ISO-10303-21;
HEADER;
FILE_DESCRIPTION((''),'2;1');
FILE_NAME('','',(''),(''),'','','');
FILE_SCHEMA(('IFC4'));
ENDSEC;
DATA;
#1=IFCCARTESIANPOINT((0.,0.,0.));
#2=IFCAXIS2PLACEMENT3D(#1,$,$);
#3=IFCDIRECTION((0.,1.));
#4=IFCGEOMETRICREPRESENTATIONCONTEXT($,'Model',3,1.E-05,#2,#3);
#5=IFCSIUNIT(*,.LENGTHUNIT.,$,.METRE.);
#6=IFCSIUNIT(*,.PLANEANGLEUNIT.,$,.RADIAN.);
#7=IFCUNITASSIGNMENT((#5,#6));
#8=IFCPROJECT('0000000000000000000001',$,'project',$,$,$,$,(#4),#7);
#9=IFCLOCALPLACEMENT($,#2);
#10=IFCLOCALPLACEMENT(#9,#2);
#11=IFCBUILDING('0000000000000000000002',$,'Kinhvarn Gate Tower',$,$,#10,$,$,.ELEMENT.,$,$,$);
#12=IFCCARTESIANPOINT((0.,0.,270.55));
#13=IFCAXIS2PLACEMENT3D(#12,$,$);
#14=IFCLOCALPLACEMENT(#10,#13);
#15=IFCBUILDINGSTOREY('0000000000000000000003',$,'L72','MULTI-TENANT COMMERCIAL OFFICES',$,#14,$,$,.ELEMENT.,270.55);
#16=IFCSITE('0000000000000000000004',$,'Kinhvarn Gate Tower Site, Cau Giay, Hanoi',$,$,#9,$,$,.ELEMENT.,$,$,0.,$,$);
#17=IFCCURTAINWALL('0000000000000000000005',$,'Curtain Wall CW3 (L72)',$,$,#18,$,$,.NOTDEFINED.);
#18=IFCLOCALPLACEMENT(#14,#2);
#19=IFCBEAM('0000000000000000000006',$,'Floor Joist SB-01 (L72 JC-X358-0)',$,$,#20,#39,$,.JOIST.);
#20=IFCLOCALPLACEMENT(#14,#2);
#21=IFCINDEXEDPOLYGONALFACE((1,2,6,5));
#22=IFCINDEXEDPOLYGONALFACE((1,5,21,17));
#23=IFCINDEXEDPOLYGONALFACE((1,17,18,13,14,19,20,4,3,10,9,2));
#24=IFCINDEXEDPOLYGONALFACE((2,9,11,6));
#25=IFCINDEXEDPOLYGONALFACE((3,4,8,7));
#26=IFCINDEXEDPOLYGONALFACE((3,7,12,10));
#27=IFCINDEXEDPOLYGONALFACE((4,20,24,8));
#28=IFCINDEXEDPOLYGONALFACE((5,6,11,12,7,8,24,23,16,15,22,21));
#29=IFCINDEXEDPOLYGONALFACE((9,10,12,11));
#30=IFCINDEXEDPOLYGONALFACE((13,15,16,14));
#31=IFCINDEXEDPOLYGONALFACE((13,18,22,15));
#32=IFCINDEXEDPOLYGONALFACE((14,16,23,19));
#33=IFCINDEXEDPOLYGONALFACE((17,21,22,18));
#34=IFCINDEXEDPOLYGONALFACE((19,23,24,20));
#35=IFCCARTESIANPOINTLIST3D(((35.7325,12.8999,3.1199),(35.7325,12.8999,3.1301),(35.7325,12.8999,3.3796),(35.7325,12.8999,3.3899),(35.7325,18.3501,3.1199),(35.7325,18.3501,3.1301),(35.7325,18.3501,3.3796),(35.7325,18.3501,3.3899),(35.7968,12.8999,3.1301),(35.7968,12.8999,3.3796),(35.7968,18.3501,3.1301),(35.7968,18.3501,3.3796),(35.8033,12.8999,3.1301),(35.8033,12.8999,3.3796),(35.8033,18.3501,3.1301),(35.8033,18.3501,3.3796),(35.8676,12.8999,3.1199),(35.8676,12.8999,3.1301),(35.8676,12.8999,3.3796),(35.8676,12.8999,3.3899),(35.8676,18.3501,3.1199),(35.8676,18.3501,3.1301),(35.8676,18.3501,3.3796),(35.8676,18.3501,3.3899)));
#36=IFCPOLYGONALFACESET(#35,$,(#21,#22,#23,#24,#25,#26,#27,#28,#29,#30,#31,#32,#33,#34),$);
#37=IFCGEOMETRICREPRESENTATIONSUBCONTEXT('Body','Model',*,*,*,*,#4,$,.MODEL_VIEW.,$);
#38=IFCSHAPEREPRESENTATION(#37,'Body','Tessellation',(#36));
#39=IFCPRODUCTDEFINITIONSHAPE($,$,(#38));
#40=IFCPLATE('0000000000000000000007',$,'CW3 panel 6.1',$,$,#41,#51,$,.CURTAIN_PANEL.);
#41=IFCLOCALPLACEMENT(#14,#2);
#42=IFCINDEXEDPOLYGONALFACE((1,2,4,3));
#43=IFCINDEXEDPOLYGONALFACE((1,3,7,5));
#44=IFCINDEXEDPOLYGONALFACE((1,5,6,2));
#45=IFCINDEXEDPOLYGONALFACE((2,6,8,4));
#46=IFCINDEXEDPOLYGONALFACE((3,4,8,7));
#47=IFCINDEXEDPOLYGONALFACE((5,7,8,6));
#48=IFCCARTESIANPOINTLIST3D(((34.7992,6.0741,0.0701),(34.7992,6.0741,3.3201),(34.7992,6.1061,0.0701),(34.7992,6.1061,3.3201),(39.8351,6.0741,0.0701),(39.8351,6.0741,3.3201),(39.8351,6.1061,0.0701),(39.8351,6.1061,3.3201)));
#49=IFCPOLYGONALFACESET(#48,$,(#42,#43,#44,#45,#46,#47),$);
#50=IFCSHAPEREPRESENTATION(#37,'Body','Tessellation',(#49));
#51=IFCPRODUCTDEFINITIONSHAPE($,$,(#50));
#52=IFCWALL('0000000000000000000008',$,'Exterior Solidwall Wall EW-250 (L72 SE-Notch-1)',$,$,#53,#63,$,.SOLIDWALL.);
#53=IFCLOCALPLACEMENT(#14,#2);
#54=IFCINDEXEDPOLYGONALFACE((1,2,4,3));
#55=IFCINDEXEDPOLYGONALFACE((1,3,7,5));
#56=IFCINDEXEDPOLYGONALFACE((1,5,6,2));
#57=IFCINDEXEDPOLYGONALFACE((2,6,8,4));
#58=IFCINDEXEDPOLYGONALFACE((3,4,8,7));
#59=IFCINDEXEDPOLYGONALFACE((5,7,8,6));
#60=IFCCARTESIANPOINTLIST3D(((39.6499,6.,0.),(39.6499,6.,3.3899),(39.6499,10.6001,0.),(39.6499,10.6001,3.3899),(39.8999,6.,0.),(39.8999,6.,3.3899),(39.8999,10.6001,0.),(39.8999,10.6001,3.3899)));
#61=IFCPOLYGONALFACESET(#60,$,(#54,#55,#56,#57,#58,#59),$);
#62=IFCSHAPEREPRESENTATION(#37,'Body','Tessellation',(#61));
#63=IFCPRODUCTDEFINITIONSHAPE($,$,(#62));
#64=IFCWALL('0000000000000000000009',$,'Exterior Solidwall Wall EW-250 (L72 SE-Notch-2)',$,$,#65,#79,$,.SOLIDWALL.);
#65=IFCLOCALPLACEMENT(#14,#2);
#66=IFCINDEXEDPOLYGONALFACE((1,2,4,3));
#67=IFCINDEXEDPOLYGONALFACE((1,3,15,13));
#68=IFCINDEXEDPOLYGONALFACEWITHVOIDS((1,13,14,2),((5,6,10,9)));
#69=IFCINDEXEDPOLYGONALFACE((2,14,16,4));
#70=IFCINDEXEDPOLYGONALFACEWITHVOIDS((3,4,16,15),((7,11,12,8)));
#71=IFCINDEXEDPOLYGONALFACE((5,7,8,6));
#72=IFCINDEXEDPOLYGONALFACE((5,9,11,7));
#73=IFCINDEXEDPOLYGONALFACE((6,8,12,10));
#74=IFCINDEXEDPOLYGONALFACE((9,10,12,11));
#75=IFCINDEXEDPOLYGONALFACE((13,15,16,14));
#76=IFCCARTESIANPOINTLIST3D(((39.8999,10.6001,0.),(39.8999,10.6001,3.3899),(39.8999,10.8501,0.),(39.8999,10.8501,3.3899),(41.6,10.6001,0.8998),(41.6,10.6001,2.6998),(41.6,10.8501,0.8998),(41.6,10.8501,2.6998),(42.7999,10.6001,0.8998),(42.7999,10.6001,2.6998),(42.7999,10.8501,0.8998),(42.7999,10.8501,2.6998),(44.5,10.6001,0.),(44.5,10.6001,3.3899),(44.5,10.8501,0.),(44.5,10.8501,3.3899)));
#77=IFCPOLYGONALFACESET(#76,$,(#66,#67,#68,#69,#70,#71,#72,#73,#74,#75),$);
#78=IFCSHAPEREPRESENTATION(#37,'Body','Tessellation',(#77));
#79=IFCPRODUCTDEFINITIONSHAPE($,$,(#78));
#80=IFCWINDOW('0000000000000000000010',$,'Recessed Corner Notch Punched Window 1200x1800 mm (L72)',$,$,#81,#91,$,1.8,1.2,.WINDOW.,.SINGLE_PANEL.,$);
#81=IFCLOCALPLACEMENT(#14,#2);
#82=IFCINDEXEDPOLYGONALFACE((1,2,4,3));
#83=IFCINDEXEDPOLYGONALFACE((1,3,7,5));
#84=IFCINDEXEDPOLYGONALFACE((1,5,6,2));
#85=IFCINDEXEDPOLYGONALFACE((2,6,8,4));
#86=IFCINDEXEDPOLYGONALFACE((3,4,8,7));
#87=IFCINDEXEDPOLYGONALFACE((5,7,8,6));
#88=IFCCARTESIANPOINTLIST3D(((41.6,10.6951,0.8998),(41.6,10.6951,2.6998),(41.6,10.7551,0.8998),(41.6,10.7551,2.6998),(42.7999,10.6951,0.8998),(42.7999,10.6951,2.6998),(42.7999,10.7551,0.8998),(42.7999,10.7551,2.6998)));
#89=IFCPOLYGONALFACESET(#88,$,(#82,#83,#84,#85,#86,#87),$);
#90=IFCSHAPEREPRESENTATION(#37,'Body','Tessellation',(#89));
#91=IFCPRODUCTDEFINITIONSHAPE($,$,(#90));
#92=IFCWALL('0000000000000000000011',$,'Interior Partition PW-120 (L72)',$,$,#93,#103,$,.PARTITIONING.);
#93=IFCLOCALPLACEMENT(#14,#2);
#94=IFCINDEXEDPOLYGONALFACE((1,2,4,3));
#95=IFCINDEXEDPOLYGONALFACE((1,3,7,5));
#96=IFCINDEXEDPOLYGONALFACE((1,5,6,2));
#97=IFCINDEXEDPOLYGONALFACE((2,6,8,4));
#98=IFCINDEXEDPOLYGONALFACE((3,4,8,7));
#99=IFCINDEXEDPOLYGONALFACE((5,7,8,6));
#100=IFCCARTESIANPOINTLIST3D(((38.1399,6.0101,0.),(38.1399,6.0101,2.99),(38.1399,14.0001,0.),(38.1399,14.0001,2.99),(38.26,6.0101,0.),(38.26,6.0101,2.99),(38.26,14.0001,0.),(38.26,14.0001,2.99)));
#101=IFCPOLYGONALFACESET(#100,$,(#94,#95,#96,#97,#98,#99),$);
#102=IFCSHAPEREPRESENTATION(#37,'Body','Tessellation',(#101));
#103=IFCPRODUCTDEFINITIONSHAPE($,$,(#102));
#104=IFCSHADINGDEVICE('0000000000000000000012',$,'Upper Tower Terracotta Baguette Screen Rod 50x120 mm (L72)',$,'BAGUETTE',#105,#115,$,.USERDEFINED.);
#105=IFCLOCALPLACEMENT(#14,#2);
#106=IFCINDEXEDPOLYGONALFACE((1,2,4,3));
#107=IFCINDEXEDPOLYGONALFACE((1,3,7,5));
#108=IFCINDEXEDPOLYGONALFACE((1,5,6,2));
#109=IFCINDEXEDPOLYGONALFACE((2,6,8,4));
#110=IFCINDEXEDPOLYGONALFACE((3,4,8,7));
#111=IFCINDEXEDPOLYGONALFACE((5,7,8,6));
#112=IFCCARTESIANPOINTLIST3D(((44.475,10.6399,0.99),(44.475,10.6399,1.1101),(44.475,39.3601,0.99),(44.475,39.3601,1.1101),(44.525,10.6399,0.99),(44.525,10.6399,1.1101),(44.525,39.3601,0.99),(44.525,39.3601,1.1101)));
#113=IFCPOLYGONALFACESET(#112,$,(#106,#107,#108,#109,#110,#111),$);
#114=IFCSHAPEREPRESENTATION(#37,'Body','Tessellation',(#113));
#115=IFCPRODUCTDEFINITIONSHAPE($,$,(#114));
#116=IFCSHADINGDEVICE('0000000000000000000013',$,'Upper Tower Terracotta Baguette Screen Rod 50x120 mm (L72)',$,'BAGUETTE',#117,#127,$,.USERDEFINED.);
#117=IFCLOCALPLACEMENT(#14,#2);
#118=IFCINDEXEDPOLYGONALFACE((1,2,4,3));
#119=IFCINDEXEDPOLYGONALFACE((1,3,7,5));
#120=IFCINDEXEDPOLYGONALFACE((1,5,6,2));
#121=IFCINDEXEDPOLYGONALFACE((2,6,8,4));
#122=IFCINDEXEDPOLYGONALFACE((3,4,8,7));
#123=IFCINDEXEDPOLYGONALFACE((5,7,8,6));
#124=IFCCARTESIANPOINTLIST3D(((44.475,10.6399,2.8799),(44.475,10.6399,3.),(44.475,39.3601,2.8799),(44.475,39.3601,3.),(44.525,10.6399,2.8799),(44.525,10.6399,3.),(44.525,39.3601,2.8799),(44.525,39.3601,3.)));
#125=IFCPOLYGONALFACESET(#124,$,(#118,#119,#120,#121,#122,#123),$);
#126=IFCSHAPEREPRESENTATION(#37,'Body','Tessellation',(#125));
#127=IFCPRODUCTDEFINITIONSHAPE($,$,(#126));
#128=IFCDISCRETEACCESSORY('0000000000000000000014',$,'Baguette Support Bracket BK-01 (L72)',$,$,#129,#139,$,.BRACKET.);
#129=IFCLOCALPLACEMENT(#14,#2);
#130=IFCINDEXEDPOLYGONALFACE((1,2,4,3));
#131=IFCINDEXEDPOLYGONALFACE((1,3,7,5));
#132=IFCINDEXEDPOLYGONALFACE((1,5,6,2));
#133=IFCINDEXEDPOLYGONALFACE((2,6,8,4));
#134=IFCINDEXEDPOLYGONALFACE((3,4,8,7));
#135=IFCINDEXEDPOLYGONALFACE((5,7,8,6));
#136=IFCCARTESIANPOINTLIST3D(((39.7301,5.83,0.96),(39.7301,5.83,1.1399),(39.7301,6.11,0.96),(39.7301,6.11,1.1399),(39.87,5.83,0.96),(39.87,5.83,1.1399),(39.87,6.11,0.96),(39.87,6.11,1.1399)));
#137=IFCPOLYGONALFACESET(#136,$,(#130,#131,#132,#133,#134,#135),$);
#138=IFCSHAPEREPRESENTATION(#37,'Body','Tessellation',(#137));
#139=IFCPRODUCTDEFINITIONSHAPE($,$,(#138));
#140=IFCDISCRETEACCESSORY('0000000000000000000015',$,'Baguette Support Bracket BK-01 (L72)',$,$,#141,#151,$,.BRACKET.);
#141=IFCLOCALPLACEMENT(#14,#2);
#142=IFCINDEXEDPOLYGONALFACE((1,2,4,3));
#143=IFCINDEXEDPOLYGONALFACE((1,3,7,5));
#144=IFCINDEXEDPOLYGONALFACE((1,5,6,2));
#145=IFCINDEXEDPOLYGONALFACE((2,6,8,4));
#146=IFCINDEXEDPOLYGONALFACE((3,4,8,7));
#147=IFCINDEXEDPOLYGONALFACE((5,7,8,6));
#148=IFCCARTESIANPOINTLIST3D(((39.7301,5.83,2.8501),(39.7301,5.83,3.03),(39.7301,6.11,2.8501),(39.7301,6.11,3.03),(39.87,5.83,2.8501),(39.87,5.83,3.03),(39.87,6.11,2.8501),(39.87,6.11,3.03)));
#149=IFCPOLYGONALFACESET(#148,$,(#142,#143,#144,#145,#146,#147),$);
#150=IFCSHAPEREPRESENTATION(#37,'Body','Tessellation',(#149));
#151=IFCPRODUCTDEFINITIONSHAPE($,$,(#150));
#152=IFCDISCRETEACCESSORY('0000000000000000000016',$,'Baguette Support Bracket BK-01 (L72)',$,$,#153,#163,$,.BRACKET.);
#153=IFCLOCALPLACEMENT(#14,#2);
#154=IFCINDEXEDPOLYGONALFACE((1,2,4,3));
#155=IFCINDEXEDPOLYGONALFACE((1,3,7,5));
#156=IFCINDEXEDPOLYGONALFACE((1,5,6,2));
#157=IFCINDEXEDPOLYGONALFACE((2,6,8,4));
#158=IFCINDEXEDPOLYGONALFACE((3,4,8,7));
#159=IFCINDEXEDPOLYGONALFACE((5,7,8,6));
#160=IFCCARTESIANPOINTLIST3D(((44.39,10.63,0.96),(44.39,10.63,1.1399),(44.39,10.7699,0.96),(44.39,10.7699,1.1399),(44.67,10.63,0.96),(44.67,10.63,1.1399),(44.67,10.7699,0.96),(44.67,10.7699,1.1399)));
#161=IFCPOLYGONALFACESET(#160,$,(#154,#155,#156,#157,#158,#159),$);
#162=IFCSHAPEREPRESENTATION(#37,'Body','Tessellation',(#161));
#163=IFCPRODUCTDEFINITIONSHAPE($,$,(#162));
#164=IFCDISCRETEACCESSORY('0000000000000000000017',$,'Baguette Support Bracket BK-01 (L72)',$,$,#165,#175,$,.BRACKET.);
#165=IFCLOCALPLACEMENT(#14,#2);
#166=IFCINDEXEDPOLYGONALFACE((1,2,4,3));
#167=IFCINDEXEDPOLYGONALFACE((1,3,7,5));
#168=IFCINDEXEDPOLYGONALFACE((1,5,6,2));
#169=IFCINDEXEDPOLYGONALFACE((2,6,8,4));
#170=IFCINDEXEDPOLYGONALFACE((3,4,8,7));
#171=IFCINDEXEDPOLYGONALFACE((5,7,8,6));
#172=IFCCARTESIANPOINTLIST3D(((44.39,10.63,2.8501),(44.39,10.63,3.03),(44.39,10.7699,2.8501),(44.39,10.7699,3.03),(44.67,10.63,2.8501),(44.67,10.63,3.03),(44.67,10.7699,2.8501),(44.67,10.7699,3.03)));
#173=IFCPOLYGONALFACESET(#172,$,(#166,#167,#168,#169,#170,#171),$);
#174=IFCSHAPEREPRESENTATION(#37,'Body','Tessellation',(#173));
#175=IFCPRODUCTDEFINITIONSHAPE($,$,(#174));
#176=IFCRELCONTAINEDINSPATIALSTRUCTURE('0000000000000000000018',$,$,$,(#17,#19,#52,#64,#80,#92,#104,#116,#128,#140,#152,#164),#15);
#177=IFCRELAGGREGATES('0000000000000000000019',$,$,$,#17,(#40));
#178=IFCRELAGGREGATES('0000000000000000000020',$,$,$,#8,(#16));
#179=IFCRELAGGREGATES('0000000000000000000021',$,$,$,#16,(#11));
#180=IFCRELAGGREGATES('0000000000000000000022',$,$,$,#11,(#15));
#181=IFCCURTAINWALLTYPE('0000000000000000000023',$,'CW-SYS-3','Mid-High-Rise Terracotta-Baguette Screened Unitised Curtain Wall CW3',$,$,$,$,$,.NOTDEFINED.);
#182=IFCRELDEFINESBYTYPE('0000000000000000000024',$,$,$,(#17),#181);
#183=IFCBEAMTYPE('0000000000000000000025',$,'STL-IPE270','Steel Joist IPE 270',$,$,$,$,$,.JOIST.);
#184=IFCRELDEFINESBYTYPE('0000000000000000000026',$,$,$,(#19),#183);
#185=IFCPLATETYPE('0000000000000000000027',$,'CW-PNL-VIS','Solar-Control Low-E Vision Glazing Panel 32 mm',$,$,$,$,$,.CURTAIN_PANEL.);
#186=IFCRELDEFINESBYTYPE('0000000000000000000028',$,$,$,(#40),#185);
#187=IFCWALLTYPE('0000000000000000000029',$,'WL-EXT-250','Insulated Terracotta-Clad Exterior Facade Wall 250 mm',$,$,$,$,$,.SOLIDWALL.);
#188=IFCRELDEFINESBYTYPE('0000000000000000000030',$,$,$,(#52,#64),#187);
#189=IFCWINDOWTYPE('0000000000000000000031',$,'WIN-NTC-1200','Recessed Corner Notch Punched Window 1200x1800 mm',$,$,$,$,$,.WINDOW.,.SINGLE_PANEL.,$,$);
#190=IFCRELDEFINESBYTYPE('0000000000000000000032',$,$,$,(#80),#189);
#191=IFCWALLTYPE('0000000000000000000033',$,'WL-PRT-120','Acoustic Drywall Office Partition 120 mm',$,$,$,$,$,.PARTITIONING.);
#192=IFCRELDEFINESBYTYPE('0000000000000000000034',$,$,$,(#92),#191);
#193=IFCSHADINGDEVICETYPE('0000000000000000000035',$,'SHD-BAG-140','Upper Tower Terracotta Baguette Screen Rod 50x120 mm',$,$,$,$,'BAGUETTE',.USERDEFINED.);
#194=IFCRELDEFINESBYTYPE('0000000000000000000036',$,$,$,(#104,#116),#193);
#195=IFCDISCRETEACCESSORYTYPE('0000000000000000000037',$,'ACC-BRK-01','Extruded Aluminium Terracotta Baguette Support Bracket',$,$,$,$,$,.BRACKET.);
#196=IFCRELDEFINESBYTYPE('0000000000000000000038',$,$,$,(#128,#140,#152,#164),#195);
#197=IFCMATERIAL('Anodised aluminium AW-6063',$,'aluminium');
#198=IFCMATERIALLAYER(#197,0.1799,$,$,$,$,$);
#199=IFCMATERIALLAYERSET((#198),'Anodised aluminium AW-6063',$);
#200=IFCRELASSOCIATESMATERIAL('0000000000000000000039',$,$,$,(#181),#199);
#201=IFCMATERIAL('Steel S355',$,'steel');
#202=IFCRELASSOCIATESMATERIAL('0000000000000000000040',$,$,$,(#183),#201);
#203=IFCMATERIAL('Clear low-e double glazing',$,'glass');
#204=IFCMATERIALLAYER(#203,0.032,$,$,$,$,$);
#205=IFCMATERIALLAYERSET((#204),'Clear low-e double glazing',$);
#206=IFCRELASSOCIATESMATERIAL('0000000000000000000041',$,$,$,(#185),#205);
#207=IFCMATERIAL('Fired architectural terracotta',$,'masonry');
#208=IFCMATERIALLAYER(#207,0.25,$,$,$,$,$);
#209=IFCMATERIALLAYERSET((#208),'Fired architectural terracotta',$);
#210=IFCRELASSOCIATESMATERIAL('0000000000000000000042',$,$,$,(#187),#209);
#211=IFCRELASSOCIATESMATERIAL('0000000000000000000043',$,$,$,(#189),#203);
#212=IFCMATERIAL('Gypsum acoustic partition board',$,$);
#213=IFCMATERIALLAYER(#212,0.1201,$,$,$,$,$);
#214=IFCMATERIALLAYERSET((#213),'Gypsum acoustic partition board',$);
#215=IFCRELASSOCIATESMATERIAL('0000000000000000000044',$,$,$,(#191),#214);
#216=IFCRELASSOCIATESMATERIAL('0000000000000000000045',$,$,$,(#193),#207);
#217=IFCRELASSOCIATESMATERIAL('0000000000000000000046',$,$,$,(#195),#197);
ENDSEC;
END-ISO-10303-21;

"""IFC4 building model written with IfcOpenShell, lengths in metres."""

from ifc_helpers import new_model, si_unit, direction, frame, frame_2d, origin, origin_2d, place, context, subcontext, project, spatial, rectangle, i_section, extrude, material, layer, layer_set, material_profile, profile_set, type_object, element, fill, aggregate, save


model = new_model("IFC4")

# Units and contexts
model_context = context("Model", 3, precision=1e-05, world=origin(), true_north=direction((0.0, 1.0)))
body_context = subcontext(model_context, "Body", "Model", "MODEL_VIEW")
ifc_project = project(units=[si_unit("LENGTHUNIT", "METRE"), si_unit("PLANEANGLEUNIT", "RADIAN")], contexts=[model_context])

# Site, building, storey
site_placement = place(None, origin())
site = spatial("IfcSite", under=ifc_project, at=site_placement, Name="Kinhvarn Gate Tower Site, Cau Giay, Hanoi", CompositionType="ELEMENT", RefElevation=0.0)
building_placement = place(site_placement, origin())
building = spatial("IfcBuilding", under=site, at=building_placement, Name="Kinhvarn Gate Tower", CompositionType="ELEMENT")
storey_placement = place(building_placement, frame((0.0, 0.0, 270.55)))
storey = spatial("IfcBuildingStorey", under=building, at=storey_placement, Name="L72", Description="MULTI-TENANT COMMERCIAL OFFICES", CompositionType="ELEMENT", Elevation=270.55)

# Curtain wall
ifc_material_1 = material(Name="Anodised aluminium AW-6063", Category="aluminium")
ifc_layer_1 = layer(ifc_material_1, 0.1799)
ifc_layer_set_1 = layer_set([ifc_layer_1], Name="Anodised aluminium AW-6063")
curtain_wall_type = type_object("IfcCurtainWallType", Name="CW-SYS-3", Description="Mid-High-Rise Terracotta-Baguette Screened Unitised Curtain Wall CW3", PredefinedType="NOTDEFINED", material=ifc_layer_set_1)
curtain_wall_1_placement = place(storey_placement, origin())
curtain_wall_1 = element("IfcCurtainWall", 1, at=curtain_wall_1_placement, inside=storey, type_object=curtain_wall_type, Name="Curtain Wall CW3 (L72)", PredefinedType="NOTDEFINED")

# Beam
ifc_material_2 = material(Name="Steel S355", Category="steel")
ifc_material_profile_1 = material_profile(ifc_material_2, i_section(OverallWidth=0.135, OverallDepth=0.27, WebThickness=0.0066, FlangeThickness=0.0103, at=origin_2d()), Name="IPE 270")
ifc_profile_set_1 = profile_set([ifc_material_profile_1], Name="Steel S355")
beam_type_1 = type_object("IfcBeamType", Name="STL-IPE270", Description="Steel Joist IPE 270", PredefinedType="JOIST", material=ifc_profile_set_1)
beam_1_placement = place(storey_placement, frame((35.8, 12.8999, 3.2549), z_axis=(0.0, 1.0, 0.0), x_axis=(-1.0, 0.0, 0.0)))
element("IfcBeam", 2, at=beam_1_placement, inside=storey, type_object=beam_type_1, Name="Floor Joist SB-01 (L72 JC-X358-0)", PredefinedType="JOIST", context=body_context, shape_type="SweptSolid", body=[
    extrude(i_section(OverallWidth=0.135, OverallDepth=0.27, WebThickness=0.0066, FlangeThickness=0.0103, at=origin_2d()), origin(), (0.0, 0.0, 1.0), 5.4502),
])

# Plate
ifc_material_3 = material(Name="Clear low-e double glazing", Category="glass")
ifc_layer_2 = layer(ifc_material_3, 0.032)
ifc_layer_set_2 = layer_set([ifc_layer_2], Name="Clear low-e double glazing")
plate_type = type_object("IfcPlateType", Name="CW-PNL-VIS", Description="Solar-Control Low-E Vision Glazing Panel 32 mm", PredefinedType="CURTAIN_PANEL", material=ifc_layer_set_2)
plate_placement = place(storey_placement, frame((37.3171, 6.0901, 0.0701), z_axis=(0.0, 0.0, 1.0), x_axis=(1.0, 0.0, 0.0)))
plate = element("IfcPlate", 3, at=plate_placement, type_object=plate_type, Name="CW3 panel 6.1", PredefinedType="CURTAIN_PANEL", context=body_context, shape_type="SweptSolid", body=[
    extrude(rectangle(XDim=5.0359, YDim=0.032, at=origin_2d()), origin(), (0.0, 0.0, 1.0), 3.25),
])
aggregate(curtain_wall_1, [plate])

# Wall
ifc_material_4 = material(Name="Fired architectural terracotta", Category="masonry")
ifc_layer_3 = layer(ifc_material_4, 0.25)
ifc_layer_set_3 = layer_set([ifc_layer_3], Name="Fired architectural terracotta")
wall_type_1 = type_object("IfcWallType", Name="WL-EXT-250", Description="Insulated Terracotta-Clad Exterior Facade Wall 250 mm", PredefinedType="SOLIDWALL", material=ifc_layer_set_3)
wall_1_placement = place(storey_placement, frame((39.7749, 6.0, 0.0), z_axis=(0.0, 0.0, 1.0), x_axis=(0.0, 1.0, 0.0)))
element("IfcWall", 4, at=wall_1_placement, inside=storey, type_object=wall_type_1, Name="Exterior Solidwall Wall EW-250 (L72 SE-Notch-1)", PredefinedType="SOLIDWALL", context=body_context, shape_type="SweptSolid", body=[
    extrude(rectangle(XDim=4.6001, YDim=0.25, at=frame_2d((2.3, 0.0))), origin(), (0.0, 0.0, 1.0), 3.3899),
])

# Wall, opening, window
wall_2_placement = place(storey_placement, frame((39.8999, 10.7251, 0.0), z_axis=(0.0, 0.0, 1.0), x_axis=(1.0, 0.0, 0.0)))
wall_2 = element("IfcWall", 5, at=wall_2_placement, inside=storey, type_object=wall_type_1, Name="Exterior Solidwall Wall EW-250 (L72 SE-Notch-2)", PredefinedType="SOLIDWALL", context=body_context, shape_type="SweptSolid", body=[
    extrude(rectangle(XDim=4.6001, YDim=0.25, at=frame_2d((2.3, 0.0))), origin(), (0.0, 0.0, 1.0), 3.3899),
])
opening_placement = place(wall_2_placement, frame((1.7, 0.0, 0.8999)))
opening = element("IfcOpeningElement", 6, at=opening_placement, cuts=wall_2, PredefinedType="OPENING", context=body_context, shape_type="SweptSolid", body=[
    extrude(rectangle(XDim=1.2, YDim=1.8, at=frame_2d((0.6001, 0.8999))), frame((0.0, 0.135, 0.0), z_axis=(0.0, -1.0, 0.0), x_axis=(1.0, 0.0, 0.0)), (0.0, 0.0, 1.0), 0.27),
])
window_type = type_object("IfcWindowType", Name="WIN-NTC-1200", Description="Recessed Corner Notch Punched Window 1200x1800 mm", PartitioningType="SINGLE_PANEL", PredefinedType="WINDOW", material=ifc_material_3)
window_placement = place(opening_placement, origin())
window = element("IfcWindow", 7, at=window_placement, inside=storey, type_object=window_type, Name="Recessed Corner Notch Punched Window 1200x1800 mm (L72)", OverallHeight=1.8, OverallWidth=1.2, PartitioningType="SINGLE_PANEL", PredefinedType="WINDOW", context=body_context, shape_type="SweptSolid", body=[
    extrude(rectangle(XDim=1.2, YDim=1.8, at=frame_2d((0.6001, 0.8999))), frame((0.0, 0.03, 0.0), z_axis=(0.0, -1.0, 0.0), x_axis=(1.0, 0.0, 0.0)), (0.0, 0.0, 1.0), 0.0601),
])
fill(opening, window)

# Wall
ifc_material_5 = material(Name="Gypsum acoustic partition board")
ifc_layer_4 = layer(ifc_material_5, 0.1201)
ifc_layer_set_4 = layer_set([ifc_layer_4], Name="Gypsum acoustic partition board")
wall_type_2 = type_object("IfcWallType", Name="WL-PRT-120", Description="Acoustic Drywall Office Partition 120 mm", PredefinedType="PARTITIONING", material=ifc_layer_set_4)
wall_3_placement = place(storey_placement, frame((38.2, 6.01, 0.0), z_axis=(0.0, 0.0, 1.0), x_axis=(0.0, 1.0, 0.0)))
element("IfcWall", 8, at=wall_3_placement, inside=storey, type_object=wall_type_2, Name="Interior Partition PW-120 (L72)", PredefinedType="PARTITIONING", context=body_context, shape_type="SweptSolid", body=[
    extrude(rectangle(XDim=7.99, YDim=0.1201, at=frame_2d((3.9951, 0.0))), origin(), (0.0, 0.0, 1.0), 2.99),
])

# Shading devices
ifc_material_profile_2 = material_profile(ifc_material_4, rectangle(XDim=0.05, YDim=0.1201, at=origin_2d()), Name="TC 50x120")
ifc_profile_set_2 = profile_set([ifc_material_profile_2], Name="Fired architectural terracotta")
shading_device_type = type_object("IfcShadingDeviceType", Name="SHD-BAG-140", Description="Upper Tower Terracotta Baguette Screen Rod 50x120 mm", ElementType="BAGUETTE", PredefinedType="USERDEFINED", material=ifc_profile_set_2)
for number, where, z_axis, x_axis, name in (
    (9, (44.5, 10.6399, 1.05), (0.0, 1.0, 0.0), (-1.0, 0.0, 0.0), "Upper Tower Terracotta Baguette Screen Rod 50x120 mm (L72)"),
    (10, (44.5, 10.6399, 2.9399), (0.0, 1.0, 0.0), (-1.0, 0.0, 0.0), "Upper Tower Terracotta Baguette Screen Rod 50x120 mm (L72)"),
):
    element("IfcShadingDevice", number, at=place(storey_placement, frame(where, z_axis=z_axis, x_axis=x_axis)), inside=storey, type_object=shading_device_type, Name=name, ObjectType="BAGUETTE", PredefinedType="USERDEFINED", context=body_context, shape_type="SweptSolid", body=[
        extrude(rectangle(XDim=0.05, YDim=0.1201, at=origin_2d()), origin(), (0.0, 0.0, 1.0), 28.7202),
    ])

# Discrete accessories
discrete_accessory_type = type_object("IfcDiscreteAccessoryType", Name="ACC-BRK-01", Description="Extruded Aluminium Terracotta Baguette Support Bracket", PredefinedType="BRACKET", material=ifc_material_1)
for number, where, z_axis, x_axis, name in (
    (11, (39.8, 5.97, 0.96), (0.0, 0.0, 1.0), (1.0, 0.0, 0.0), "Baguette Support Bracket BK-01 (L72)"),
    (12, (39.8, 5.97, 2.8501), (0.0, 0.0, 1.0), (1.0, 0.0, 0.0), "Baguette Support Bracket BK-01 (L72)"),
    (13, (44.53, 10.7, 0.96), (0.0, 0.0, 1.0), (0.0, 1.0, 0.0), "Baguette Support Bracket BK-01 (L72)"),
    (14, (44.53, 10.7, 2.8501), (0.0, 0.0, 1.0), (0.0, 1.0, 0.0), "Baguette Support Bracket BK-01 (L72)"),
):
    element("IfcDiscreteAccessory", number, at=place(storey_placement, frame(where, z_axis=z_axis, x_axis=x_axis)), inside=storey, type_object=discrete_accessory_type, Name=name, PredefinedType="BRACKET", context=body_context, shape_type="SweptSolid", body=[
        extrude(rectangle(XDim=0.1399, YDim=0.28, at=origin_2d()), origin(), (0.0, 0.0, 1.0), 0.1799),
    ])

save(model, "model.ifc")
